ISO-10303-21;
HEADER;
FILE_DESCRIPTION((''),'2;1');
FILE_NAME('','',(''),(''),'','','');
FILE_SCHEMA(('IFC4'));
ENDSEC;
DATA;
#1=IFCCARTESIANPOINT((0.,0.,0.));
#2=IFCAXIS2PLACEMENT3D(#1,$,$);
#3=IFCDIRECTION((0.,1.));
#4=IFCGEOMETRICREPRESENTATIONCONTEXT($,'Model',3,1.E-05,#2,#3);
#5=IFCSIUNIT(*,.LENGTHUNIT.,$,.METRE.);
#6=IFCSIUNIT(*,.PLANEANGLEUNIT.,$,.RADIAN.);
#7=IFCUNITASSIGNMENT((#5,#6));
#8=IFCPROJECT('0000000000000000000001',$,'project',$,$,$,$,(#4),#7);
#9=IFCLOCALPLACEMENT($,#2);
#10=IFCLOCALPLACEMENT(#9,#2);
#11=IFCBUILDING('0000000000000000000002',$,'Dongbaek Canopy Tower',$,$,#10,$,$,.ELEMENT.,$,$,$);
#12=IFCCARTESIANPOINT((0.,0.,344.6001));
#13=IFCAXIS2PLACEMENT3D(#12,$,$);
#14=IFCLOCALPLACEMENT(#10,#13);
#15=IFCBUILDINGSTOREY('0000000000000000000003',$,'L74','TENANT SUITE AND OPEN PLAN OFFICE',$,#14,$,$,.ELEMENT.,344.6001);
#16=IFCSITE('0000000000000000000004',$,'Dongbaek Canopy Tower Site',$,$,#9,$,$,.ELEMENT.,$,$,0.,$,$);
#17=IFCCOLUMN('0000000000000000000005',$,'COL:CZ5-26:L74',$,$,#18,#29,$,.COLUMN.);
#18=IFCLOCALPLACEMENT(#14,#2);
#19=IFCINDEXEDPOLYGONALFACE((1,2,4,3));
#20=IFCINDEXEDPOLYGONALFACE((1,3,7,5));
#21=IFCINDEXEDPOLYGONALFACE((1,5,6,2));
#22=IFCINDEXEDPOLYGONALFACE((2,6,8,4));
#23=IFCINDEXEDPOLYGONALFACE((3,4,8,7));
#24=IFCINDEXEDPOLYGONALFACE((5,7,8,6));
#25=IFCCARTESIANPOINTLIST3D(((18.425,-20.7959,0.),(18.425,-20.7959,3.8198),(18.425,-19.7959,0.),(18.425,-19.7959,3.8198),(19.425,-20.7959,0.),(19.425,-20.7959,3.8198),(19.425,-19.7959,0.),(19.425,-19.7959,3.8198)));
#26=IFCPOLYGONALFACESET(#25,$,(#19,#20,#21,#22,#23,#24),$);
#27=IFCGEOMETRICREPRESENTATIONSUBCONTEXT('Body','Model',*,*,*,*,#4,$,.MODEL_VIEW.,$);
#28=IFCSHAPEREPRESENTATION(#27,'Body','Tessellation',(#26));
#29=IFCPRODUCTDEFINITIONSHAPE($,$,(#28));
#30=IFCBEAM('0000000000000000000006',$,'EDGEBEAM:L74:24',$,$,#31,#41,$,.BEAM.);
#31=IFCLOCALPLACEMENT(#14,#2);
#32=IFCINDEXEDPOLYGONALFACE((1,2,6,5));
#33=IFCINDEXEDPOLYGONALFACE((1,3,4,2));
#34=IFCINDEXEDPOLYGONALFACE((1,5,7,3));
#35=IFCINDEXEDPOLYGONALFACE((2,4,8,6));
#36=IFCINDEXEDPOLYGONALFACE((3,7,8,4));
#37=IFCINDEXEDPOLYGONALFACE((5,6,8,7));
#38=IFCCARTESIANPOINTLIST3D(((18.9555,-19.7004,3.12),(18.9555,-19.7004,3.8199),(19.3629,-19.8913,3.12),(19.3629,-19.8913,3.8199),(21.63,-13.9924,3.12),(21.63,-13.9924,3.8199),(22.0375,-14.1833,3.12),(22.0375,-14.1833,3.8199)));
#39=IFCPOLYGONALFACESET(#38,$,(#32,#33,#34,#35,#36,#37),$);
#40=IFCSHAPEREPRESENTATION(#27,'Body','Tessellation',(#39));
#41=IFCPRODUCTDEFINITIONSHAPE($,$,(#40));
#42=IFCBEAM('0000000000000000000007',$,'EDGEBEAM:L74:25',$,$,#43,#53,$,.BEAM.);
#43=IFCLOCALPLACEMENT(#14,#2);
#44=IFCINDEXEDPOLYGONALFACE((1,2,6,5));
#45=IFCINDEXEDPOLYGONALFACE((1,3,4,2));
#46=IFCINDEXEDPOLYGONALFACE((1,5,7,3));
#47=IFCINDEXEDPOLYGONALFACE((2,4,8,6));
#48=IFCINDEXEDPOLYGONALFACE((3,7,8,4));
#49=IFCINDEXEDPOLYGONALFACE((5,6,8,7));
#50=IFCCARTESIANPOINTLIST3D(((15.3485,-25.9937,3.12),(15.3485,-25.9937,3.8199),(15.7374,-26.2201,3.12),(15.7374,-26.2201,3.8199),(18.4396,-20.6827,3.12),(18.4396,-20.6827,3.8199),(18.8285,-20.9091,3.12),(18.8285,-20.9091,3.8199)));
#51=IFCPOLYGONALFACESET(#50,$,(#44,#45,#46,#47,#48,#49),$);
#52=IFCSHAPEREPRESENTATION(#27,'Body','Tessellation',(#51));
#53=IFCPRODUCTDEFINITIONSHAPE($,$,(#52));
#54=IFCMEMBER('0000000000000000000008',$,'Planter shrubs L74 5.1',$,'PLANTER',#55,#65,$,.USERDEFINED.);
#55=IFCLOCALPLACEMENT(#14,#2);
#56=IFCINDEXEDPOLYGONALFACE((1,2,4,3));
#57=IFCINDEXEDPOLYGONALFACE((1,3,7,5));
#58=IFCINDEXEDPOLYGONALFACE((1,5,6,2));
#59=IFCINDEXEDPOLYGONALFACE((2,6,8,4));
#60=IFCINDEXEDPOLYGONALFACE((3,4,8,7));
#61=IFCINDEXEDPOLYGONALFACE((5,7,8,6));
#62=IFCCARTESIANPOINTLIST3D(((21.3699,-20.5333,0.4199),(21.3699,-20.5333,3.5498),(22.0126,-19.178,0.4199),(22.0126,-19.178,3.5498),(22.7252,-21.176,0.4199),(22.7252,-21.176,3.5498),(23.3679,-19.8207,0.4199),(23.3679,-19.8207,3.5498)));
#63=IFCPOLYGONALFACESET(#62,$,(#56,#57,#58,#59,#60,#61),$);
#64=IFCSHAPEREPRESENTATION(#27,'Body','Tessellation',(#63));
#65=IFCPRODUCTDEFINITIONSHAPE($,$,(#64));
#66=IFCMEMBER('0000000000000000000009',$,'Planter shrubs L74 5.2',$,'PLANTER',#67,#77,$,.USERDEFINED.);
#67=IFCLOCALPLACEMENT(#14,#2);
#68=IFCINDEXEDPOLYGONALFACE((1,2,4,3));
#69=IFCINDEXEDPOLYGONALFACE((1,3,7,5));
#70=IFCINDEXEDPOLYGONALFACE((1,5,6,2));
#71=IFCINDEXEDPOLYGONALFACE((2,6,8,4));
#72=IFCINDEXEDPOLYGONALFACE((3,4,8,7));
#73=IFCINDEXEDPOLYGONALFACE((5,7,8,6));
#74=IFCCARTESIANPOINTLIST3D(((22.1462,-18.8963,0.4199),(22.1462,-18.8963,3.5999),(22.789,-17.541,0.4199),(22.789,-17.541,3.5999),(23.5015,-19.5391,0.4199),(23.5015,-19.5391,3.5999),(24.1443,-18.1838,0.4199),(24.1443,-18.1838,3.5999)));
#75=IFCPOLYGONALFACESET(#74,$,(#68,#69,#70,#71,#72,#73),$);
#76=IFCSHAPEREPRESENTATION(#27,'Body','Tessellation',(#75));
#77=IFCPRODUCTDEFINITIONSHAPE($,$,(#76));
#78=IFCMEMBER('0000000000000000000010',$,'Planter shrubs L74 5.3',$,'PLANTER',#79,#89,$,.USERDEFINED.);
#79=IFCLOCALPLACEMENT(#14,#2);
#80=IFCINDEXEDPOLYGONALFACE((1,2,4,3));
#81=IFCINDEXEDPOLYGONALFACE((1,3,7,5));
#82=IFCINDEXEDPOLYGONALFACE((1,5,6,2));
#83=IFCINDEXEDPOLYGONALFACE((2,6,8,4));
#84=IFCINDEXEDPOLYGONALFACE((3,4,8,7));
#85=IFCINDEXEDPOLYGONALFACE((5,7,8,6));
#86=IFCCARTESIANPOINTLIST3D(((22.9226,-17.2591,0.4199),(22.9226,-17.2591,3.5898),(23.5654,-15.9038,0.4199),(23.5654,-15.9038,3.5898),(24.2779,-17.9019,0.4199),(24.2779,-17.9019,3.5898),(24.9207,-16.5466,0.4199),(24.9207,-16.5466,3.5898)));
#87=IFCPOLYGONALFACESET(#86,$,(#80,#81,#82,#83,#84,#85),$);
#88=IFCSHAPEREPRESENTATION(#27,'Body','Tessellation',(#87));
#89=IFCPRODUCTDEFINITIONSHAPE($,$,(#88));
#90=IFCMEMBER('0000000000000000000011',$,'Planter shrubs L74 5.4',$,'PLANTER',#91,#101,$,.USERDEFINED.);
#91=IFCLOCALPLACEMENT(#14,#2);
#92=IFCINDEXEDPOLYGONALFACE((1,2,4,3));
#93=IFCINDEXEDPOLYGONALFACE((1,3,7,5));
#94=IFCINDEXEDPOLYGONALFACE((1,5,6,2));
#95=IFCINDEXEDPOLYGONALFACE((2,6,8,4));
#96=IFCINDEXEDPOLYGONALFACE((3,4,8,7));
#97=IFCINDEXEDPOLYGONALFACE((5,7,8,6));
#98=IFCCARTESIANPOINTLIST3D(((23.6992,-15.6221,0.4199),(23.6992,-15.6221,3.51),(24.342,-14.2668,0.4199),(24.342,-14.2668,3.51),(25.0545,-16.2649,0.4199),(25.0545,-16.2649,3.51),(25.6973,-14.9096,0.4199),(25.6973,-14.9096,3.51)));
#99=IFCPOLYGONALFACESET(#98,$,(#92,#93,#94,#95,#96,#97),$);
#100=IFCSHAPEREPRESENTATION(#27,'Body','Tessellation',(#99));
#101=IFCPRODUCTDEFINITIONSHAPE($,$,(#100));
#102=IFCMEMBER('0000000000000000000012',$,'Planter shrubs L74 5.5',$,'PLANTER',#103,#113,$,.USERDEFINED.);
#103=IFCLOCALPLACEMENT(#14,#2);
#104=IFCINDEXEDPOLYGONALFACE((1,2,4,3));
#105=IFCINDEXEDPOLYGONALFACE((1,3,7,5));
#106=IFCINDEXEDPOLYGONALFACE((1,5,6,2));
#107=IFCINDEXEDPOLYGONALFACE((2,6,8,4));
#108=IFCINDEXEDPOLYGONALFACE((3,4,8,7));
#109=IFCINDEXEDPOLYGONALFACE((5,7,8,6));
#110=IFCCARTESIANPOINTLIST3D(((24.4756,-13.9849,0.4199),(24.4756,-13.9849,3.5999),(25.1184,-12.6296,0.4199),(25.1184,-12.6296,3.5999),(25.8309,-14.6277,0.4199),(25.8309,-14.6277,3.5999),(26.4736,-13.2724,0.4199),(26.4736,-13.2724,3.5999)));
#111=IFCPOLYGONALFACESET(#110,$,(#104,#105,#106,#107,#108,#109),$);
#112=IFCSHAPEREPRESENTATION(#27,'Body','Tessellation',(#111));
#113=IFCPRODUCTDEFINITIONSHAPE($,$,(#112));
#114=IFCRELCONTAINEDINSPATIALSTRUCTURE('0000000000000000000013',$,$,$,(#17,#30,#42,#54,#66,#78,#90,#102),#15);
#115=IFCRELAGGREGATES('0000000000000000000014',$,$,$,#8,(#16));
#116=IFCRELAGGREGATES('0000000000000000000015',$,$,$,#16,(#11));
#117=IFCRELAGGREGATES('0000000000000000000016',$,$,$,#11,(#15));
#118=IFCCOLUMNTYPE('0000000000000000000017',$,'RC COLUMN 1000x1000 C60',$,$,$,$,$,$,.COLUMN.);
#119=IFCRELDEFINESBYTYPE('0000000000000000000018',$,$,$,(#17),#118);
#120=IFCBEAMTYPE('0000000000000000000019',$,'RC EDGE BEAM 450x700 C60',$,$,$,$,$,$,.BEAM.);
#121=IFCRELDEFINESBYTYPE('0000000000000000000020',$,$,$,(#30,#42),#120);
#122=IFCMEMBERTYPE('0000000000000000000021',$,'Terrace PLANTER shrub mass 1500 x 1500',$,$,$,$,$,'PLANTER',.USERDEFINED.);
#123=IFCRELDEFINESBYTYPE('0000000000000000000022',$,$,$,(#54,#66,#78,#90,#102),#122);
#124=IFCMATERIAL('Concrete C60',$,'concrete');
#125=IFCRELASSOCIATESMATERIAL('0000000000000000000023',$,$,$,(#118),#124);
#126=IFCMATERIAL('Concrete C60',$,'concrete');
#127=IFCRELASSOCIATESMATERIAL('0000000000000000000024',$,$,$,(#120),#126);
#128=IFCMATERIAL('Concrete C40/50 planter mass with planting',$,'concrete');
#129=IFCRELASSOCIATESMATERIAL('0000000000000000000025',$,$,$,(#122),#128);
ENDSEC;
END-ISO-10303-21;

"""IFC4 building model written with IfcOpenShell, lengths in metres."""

from ifc_helpers import new_model, si_unit, direction, frame, origin, origin_2d, place, context, subcontext, project, spatial, rectangle, extrude, material, material_profile, profile_set, type_object, element, save


model = new_model("IFC4")

# Units and contexts
model_context = context("Model", 3, precision=1e-05, world=origin(), true_north=direction((0.0, 1.0)))
body_context = subcontext(model_context, "Body", "Model", "MODEL_VIEW")
ifc_project = project(units=[si_unit("LENGTHUNIT", "METRE"), si_unit("PLANEANGLEUNIT", "RADIAN")], contexts=[model_context])

# Site, building, storey
site_placement = place(None, origin())
site = spatial("IfcSite", under=ifc_project, at=site_placement, Name="Dongbaek Canopy Tower Site", CompositionType="ELEMENT", RefElevation=0.0)
building_placement = place(site_placement, origin())
building = spatial("IfcBuilding", under=site, at=building_placement, Name="Dongbaek Canopy Tower", CompositionType="ELEMENT")
storey_placement = place(building_placement, frame((0.0, 0.0, 344.6001)))
storey = spatial("IfcBuildingStorey", under=building, at=storey_placement, Name="L74", Description="TENANT SUITE AND OPEN PLAN OFFICE", CompositionType="ELEMENT", Elevation=344.6001)

# Column
ifc_material_1 = material(Name="Concrete C60", Category="concrete")
ifc_material_profile_1 = material_profile(ifc_material_1, rectangle(XDim=1.0, YDim=1.0, at=origin_2d()), Name="RC COLUMN 1000x1000 C60")
ifc_profile_set_1 = profile_set([ifc_material_profile_1], Name="Concrete C60")
column_type = type_object("IfcColumnType", Name="RC COLUMN 1000x1000 C60", PredefinedType="COLUMN", material=ifc_profile_set_1)
column_placement = place(storey_placement, frame((18.925, -20.2959, 0.0), z_axis=(0.0, 0.0, 1.0), x_axis=(1.0, 0.0, 0.0)))
element("IfcColumn", 1, at=column_placement, inside=storey, type_object=column_type, Name="COL:CZ5-26:L74", PredefinedType="COLUMN", context=body_context, shape_type="SweptSolid", body=[
    extrude(rectangle(XDim=1.0, YDim=1.0, at=origin_2d()), origin(), (0.0, 0.0, 1.0), 3.8198),
])

# Beams
ifc_material_2 = material(Name="Concrete C60", Category="concrete")
ifc_material_profile_2 = material_profile(ifc_material_2, rectangle(XDim=0.45, YDim=0.7, at=origin_2d()), Name="RC EDGE BEAM 450x700 C60")
ifc_profile_set_2 = profile_set([ifc_material_profile_2], Name="Concrete C60")
beam_type = type_object("IfcBeamType", Name="RC EDGE BEAM 450x700 C60", PredefinedType="BEAM", material=ifc_profile_set_2)
beam_1_placement = place(storey_placement, frame((21.8337, -14.0879, 3.47), z_axis=(-0.424295, -0.905524, 0.0), x_axis=(0.905524, -0.424295, 0.0)))
element("IfcBeam", 2, at=beam_1_placement, inside=storey, type_object=beam_type, Name="EDGEBEAM:L74:24", PredefinedType="BEAM", context=body_context, shape_type="SweptSolid", body=[
    extrude(rectangle(XDim=0.45, YDim=0.7, at=origin_2d()), origin(), (0.0, 0.0, 1.0), 6.3035),
])
beam_2_placement = place(storey_placement, frame((18.634, -20.7959, 3.47), z_axis=(-0.503016, -0.864277, 0.0), x_axis=(0.864277, -0.503016, 0.0)))
element("IfcBeam", 3, at=beam_2_placement, inside=storey, type_object=beam_type, Name="EDGEBEAM:L74:25", PredefinedType="BEAM", context=body_context, shape_type="SweptSolid", body=[
    extrude(rectangle(XDim=0.45, YDim=0.7, at=origin_2d()), origin(), (0.0, 0.0, 1.0), 6.145),
])

# Members
ifc_material_3 = material(Name="Concrete C40/50 planter mass with planting", Category="concrete")
ifc_material_profile_3 = material_profile(ifc_material_3, rectangle(XDim=1.5, YDim=1.5, at=origin_2d()), Name="Terrace PLANTER shrub mass 1500 x 1500")
ifc_profile_set_3 = profile_set([ifc_material_profile_3], Name="Concrete C40/50 planter mass with planting")
member_type = type_object("IfcMemberType", Name="Terrace PLANTER shrub mass 1500 x 1500", ElementType="PLANTER", PredefinedType="USERDEFINED", material=ifc_profile_set_3)
member_1_placement = place(storey_placement, frame((22.3689, -20.177, 0.4199), z_axis=(0.0, 0.0, 1.0), x_axis=(0.903531, -0.428522, 0.0)))
element("IfcMember", 4, at=member_1_placement, inside=storey, type_object=member_type, Name="Planter shrubs L74 5.1", ObjectType="PLANTER", PredefinedType="USERDEFINED", context=body_context, shape_type="SweptSolid", body=[
    extrude(rectangle(XDim=1.5, YDim=1.5, at=origin_2d()), origin(), (0.0, 0.0, 1.0), 3.1299),
])
member_2_placement = place(storey_placement, frame((23.1453, -18.54, 0.4199), z_axis=(0.0, 0.0, 1.0), x_axis=(0.903531, -0.428522, 0.0)))
element("IfcMember", 5, at=member_2_placement, inside=storey, type_object=member_type, Name="Planter shrubs L74 5.2", ObjectType="PLANTER", PredefinedType="USERDEFINED", context=body_context, shape_type="SweptSolid", body=[
    extrude(rectangle(XDim=1.5, YDim=1.5, at=origin_2d()), origin(), (0.0, 0.0, 1.0), 3.1799),
])
member_3_placement = place(storey_placement, frame((23.9216, -16.9028, 0.4199), z_axis=(0.0, 0.0, 1.0), x_axis=(0.903531, -0.428522, 0.0)))
element("IfcMember", 6, at=member_3_placement, inside=storey, type_object=member_type, Name="Planter shrubs L74 5.3", ObjectType="PLANTER", PredefinedType="USERDEFINED", context=body_context, shape_type="SweptSolid", body=[
    extrude(rectangle(XDim=1.5, YDim=1.5, at=origin_2d()), origin(), (0.0, 0.0, 1.0), 3.1699),
])
member_4_placement = place(storey_placement, frame((24.6982, -15.2659, 0.4199), z_axis=(0.0, 0.0, 1.0), x_axis=(0.903531, -0.428522, 0.0)))
element("IfcMember", 7, at=member_4_placement, inside=storey, type_object=member_type, Name="Planter shrubs L74 5.4", ObjectType="PLANTER", PredefinedType="USERDEFINED", context=body_context, shape_type="SweptSolid", body=[
    extrude(rectangle(XDim=1.5, YDim=1.5, at=origin_2d()), origin(), (0.0, 0.0, 1.0), 3.0901),
])
member_5_placement = place(storey_placement, frame((25.4746, -13.6287, 0.4199), z_axis=(0.0, 0.0, 1.0), x_axis=(0.903531, -0.428522, 0.0)))
element("IfcMember", 8, at=member_5_placement, inside=storey, type_object=member_type, Name="Planter shrubs L74 5.5", ObjectType="PLANTER", PredefinedType="USERDEFINED", context=body_context, shape_type="SweptSolid", body=[
    extrude(rectangle(XDim=1.5, YDim=1.5, at=origin_2d()), origin(), (0.0, 0.0, 1.0), 3.1799),
])

save(model, "model.ifc")
